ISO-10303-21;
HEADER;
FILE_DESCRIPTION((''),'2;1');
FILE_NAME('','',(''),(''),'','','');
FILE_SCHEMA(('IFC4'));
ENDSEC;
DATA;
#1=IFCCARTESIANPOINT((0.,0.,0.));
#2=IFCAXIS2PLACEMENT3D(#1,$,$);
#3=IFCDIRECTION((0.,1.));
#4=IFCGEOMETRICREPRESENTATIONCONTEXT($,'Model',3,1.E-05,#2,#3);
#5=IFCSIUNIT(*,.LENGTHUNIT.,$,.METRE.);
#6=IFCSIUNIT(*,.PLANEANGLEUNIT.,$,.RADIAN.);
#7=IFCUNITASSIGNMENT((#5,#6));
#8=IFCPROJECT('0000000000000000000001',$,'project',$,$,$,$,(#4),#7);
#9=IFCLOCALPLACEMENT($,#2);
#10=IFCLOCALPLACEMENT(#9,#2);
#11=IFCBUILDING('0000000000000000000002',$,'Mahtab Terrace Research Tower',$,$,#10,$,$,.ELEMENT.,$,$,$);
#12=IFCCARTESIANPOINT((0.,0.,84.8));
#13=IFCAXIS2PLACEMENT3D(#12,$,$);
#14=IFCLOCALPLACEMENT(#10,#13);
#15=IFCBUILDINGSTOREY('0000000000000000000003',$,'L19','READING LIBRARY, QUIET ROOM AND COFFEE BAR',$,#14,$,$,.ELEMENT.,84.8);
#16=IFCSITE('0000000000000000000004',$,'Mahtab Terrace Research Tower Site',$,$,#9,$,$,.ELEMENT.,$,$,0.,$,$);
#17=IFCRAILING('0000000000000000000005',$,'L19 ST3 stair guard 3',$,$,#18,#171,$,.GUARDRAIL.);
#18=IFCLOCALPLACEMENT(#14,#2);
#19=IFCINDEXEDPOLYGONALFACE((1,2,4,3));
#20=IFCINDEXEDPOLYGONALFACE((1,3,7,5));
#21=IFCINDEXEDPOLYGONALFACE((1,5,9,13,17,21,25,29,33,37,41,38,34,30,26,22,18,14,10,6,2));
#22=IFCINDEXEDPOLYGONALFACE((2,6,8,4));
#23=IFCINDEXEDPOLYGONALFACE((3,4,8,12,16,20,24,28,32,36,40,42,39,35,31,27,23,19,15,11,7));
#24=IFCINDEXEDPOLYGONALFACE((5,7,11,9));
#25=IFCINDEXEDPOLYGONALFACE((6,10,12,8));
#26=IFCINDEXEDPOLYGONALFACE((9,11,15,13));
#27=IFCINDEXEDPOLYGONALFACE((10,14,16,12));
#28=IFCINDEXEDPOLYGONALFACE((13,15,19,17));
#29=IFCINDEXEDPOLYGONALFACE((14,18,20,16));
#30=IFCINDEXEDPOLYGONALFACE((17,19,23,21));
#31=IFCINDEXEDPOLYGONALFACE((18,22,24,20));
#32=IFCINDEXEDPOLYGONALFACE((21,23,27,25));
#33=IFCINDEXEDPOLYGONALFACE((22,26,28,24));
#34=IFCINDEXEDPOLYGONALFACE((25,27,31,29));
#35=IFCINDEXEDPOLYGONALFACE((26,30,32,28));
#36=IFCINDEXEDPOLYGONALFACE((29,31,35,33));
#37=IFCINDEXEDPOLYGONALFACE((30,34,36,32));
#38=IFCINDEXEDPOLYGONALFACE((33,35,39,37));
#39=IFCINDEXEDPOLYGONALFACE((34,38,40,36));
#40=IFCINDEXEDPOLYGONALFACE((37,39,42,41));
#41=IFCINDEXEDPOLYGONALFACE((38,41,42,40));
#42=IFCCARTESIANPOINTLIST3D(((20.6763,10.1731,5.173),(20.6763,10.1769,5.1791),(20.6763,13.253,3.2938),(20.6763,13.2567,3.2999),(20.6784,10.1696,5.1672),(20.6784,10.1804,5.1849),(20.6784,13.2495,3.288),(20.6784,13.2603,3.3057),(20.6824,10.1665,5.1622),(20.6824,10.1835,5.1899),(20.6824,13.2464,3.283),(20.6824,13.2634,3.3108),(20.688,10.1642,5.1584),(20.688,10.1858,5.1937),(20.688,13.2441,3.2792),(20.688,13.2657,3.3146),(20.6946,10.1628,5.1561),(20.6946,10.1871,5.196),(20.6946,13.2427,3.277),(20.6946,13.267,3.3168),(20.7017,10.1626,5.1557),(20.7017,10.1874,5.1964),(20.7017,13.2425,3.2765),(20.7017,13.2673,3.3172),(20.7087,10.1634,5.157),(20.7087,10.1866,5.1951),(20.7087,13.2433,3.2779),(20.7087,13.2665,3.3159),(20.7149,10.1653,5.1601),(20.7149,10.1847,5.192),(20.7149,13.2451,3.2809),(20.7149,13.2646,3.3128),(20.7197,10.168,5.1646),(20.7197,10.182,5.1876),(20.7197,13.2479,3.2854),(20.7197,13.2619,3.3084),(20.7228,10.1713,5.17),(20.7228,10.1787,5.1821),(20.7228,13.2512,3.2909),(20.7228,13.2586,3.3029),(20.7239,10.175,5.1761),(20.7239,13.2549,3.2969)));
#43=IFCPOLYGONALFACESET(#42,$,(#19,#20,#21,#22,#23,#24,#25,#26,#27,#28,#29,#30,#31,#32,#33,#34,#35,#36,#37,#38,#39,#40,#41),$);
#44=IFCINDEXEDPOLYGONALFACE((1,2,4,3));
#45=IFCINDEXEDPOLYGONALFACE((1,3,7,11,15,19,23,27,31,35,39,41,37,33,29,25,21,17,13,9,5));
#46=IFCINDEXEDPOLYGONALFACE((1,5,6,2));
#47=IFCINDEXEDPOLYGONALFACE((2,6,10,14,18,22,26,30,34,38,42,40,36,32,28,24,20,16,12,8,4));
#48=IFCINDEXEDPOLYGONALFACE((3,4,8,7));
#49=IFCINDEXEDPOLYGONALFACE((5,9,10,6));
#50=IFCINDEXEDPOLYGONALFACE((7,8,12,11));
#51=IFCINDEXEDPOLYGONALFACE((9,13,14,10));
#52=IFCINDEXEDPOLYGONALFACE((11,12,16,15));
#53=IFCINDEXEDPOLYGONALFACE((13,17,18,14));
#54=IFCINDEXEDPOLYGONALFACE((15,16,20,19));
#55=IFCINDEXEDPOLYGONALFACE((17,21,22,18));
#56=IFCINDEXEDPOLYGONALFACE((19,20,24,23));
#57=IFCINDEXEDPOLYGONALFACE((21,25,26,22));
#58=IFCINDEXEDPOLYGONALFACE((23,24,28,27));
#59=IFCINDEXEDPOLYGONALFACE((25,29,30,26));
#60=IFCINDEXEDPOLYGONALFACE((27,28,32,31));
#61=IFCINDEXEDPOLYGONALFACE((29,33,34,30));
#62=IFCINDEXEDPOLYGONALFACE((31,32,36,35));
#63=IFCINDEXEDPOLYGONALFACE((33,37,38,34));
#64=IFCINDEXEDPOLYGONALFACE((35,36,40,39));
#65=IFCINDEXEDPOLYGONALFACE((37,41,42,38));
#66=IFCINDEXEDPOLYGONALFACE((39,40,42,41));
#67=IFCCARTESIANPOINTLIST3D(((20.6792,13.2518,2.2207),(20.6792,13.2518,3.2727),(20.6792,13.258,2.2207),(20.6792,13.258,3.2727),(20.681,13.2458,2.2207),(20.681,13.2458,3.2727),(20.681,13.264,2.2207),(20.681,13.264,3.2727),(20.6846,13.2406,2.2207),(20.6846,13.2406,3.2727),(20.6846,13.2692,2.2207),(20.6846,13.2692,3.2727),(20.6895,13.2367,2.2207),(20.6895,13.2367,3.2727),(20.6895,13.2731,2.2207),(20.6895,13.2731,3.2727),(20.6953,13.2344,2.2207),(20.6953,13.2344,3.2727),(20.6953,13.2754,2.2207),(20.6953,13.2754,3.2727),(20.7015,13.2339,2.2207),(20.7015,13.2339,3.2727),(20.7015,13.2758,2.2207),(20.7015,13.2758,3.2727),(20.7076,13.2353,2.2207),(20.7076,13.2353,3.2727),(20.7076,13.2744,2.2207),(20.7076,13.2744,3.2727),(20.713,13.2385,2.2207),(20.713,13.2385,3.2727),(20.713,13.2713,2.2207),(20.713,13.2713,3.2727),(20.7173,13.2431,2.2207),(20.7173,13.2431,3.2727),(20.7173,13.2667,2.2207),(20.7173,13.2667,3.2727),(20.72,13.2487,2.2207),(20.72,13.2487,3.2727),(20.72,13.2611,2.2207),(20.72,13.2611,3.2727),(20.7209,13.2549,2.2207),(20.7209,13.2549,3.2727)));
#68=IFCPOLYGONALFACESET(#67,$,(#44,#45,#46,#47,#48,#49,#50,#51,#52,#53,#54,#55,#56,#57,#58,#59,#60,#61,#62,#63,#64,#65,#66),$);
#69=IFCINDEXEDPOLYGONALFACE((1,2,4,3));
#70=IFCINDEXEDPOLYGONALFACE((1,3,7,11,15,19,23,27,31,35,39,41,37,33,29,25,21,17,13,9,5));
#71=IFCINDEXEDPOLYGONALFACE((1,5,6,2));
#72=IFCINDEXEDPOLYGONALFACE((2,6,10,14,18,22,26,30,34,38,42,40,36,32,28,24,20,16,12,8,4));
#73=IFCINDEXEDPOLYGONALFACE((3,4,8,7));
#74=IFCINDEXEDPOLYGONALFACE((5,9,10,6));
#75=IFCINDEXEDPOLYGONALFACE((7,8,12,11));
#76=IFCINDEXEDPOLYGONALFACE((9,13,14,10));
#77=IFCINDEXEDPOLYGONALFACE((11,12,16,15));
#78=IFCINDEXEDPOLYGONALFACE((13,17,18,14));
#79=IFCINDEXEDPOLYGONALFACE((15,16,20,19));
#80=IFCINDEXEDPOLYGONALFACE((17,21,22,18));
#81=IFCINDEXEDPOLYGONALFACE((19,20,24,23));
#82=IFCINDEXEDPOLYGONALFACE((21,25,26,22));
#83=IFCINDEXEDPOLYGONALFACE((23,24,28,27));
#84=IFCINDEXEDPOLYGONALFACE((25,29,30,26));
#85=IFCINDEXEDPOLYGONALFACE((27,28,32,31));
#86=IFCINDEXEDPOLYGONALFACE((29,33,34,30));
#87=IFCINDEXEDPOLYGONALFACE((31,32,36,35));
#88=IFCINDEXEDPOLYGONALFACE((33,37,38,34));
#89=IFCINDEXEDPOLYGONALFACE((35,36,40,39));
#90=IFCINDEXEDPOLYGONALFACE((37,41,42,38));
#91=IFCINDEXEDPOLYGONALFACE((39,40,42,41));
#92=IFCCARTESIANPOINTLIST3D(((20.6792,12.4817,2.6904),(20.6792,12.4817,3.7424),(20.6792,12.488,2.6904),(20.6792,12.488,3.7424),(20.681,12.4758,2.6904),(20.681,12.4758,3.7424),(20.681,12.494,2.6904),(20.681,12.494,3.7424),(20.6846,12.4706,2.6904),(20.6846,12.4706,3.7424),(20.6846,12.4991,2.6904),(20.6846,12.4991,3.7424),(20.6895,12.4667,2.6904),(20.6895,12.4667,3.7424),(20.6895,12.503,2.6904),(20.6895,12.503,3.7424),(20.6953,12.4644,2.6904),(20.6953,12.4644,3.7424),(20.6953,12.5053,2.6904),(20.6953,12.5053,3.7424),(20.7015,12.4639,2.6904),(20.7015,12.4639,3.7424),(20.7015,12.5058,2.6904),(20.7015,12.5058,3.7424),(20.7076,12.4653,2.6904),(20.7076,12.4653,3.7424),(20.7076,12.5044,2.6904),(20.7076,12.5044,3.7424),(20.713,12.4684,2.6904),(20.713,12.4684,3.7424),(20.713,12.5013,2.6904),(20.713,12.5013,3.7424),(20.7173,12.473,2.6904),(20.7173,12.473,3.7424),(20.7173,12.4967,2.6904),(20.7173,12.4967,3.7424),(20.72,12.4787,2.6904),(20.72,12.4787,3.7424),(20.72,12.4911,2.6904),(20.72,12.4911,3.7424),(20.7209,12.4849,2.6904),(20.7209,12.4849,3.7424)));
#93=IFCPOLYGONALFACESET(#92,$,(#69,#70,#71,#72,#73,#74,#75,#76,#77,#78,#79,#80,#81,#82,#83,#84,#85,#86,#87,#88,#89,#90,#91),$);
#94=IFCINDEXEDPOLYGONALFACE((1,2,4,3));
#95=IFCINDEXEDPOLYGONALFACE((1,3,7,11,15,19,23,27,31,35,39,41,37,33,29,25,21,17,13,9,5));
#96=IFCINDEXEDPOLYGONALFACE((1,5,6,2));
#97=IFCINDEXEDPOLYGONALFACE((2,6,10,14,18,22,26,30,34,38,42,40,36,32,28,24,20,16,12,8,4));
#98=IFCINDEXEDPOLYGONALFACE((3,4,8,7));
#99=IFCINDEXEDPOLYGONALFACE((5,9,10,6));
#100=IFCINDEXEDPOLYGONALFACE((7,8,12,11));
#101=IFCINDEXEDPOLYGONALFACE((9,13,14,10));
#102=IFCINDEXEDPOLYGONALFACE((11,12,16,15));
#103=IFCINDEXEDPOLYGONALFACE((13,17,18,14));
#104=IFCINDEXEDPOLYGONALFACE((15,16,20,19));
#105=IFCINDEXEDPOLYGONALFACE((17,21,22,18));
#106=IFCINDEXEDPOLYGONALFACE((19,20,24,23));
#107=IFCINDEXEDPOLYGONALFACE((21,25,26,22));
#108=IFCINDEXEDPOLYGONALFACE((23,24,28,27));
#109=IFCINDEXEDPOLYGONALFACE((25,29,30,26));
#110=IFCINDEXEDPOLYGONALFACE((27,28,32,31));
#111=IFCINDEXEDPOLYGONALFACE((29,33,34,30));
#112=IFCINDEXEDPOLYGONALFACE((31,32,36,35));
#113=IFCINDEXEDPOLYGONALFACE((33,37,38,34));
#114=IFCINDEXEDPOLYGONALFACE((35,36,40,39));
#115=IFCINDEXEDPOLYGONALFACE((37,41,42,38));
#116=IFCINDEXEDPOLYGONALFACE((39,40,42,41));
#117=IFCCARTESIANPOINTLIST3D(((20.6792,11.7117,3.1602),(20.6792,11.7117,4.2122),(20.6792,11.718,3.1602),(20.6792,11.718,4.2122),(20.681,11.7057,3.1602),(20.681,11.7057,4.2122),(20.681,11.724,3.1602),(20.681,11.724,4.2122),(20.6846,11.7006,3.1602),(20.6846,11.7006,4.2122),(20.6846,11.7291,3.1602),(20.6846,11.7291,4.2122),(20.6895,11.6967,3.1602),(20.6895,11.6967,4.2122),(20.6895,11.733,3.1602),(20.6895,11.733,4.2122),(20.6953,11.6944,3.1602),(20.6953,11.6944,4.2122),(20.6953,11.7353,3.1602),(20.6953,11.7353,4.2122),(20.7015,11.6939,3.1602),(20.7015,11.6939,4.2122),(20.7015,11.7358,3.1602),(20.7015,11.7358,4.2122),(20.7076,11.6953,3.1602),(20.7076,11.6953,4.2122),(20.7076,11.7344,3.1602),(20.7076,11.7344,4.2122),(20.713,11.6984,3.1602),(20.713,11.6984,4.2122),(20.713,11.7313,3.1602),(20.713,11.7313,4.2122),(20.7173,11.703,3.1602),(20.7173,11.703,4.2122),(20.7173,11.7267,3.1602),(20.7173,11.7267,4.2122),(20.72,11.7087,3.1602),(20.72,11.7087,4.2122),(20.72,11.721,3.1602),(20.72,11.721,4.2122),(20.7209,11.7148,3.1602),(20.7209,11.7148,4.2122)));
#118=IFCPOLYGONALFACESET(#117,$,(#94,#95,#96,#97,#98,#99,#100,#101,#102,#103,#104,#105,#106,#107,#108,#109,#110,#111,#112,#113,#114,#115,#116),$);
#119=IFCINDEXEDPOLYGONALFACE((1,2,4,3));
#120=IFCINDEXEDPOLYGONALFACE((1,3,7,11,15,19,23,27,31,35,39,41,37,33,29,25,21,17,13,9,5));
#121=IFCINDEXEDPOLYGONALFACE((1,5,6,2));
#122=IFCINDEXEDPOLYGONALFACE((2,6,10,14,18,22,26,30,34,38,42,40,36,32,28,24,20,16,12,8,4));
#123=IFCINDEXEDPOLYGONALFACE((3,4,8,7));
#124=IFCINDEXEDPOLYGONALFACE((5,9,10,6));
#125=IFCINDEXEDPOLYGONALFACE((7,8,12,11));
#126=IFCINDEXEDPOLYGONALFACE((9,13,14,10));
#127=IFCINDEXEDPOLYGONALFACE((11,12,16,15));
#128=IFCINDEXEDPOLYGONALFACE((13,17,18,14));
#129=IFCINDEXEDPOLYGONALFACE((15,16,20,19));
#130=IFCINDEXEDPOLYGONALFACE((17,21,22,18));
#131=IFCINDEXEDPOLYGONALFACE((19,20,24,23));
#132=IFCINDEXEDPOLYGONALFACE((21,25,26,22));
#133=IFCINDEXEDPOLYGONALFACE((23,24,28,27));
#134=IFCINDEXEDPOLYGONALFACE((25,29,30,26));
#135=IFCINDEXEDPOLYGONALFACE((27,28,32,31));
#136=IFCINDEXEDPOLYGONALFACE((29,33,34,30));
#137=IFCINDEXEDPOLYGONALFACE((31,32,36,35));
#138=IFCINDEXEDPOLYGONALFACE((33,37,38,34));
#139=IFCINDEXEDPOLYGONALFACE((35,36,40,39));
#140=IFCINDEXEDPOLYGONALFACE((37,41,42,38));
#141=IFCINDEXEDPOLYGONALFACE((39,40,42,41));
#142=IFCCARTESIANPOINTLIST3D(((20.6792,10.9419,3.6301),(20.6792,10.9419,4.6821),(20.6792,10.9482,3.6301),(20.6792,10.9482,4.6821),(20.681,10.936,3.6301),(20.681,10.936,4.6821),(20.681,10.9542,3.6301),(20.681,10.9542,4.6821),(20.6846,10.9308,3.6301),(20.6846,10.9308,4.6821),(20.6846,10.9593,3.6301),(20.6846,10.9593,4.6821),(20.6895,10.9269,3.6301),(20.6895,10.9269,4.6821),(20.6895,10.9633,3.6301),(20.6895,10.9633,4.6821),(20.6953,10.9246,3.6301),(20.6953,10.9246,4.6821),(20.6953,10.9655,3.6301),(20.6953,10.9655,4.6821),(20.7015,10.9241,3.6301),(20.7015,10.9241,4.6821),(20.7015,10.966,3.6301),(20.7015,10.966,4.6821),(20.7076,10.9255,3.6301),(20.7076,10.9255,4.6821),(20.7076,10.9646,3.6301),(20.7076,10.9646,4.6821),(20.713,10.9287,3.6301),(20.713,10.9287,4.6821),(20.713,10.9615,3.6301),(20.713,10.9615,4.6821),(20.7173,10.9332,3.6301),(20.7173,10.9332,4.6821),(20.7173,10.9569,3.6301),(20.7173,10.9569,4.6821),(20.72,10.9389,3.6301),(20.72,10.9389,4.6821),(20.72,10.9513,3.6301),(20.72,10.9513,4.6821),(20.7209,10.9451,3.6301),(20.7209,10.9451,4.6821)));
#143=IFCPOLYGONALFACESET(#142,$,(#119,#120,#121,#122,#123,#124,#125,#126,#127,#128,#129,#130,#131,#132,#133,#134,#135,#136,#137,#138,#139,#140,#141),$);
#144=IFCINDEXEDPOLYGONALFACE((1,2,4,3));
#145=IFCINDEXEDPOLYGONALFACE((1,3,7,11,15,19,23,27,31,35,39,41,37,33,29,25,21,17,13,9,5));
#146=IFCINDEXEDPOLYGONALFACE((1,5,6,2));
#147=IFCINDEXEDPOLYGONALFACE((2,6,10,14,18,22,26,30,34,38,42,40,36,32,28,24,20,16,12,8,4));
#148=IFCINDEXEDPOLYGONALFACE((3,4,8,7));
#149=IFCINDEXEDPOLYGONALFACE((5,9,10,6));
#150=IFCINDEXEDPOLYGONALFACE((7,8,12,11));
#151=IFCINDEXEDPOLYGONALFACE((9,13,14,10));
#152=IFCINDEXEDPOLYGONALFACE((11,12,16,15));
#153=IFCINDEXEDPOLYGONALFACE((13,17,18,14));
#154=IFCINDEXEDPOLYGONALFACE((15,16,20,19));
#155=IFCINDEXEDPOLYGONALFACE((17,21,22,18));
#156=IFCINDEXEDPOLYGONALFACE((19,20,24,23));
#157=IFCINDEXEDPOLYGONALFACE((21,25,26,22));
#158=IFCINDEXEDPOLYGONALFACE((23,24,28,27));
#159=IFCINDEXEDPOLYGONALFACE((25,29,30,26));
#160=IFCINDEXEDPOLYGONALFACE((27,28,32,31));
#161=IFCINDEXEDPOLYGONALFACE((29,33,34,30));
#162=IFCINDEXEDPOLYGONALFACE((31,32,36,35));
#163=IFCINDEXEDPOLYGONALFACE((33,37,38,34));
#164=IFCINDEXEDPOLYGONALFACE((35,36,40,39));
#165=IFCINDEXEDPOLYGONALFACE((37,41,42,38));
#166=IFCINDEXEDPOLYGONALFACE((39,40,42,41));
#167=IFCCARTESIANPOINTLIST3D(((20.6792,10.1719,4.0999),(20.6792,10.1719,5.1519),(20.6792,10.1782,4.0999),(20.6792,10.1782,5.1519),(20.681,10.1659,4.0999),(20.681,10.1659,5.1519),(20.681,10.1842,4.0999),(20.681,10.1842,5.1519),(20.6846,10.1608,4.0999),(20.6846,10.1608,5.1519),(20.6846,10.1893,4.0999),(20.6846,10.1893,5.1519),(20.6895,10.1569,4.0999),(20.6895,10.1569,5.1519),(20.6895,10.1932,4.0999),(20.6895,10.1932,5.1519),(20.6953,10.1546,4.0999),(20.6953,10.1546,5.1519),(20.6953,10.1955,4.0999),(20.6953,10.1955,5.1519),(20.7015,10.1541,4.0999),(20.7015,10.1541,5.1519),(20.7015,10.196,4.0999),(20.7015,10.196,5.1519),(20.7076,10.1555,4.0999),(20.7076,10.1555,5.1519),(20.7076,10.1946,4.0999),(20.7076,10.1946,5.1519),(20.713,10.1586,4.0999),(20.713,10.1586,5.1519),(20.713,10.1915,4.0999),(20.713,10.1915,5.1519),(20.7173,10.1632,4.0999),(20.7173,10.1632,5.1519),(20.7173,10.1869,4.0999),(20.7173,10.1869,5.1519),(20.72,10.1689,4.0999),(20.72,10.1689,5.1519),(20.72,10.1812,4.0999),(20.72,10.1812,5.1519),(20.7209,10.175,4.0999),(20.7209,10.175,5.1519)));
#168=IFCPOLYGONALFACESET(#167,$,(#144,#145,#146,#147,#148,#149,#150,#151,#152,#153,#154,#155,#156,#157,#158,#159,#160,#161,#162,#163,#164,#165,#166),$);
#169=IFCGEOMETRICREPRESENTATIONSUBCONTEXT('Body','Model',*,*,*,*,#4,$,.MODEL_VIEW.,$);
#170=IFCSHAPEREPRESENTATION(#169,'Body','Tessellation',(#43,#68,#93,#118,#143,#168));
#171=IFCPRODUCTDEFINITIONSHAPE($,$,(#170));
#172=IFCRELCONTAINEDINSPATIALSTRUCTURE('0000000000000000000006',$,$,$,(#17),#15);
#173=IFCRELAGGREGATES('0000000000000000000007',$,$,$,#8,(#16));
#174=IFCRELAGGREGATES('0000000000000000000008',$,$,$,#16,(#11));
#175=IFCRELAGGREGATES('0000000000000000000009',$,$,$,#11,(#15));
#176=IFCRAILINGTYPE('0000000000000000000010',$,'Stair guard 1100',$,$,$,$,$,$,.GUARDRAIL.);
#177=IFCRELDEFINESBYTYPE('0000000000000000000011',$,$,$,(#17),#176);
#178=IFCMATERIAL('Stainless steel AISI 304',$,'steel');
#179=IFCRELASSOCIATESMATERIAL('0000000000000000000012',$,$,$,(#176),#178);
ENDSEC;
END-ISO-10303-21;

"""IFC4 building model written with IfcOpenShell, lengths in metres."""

from ifc_helpers import new_model, si_unit, direction, frame, origin, origin_2d, place, context, subcontext, project, spatial, circle, extrude, material, type_object, element, save


model = new_model("IFC4")

# Units and contexts
model_context = context("Model", 3, precision=1e-05, world=origin(), true_north=direction((0.0, 1.0)))
body_context = subcontext(model_context, "Body", "Model", "MODEL_VIEW")
ifc_project = project(units=[si_unit("LENGTHUNIT", "METRE"), si_unit("PLANEANGLEUNIT", "RADIAN")], contexts=[model_context])

# Site, building, storey
site_placement = place(None, origin())
site = spatial("IfcSite", under=ifc_project, at=site_placement, Name="Mahtab Terrace Research Tower Site", CompositionType="ELEMENT", RefElevation=0.0)
building_placement = place(site_placement, origin())
building = spatial("IfcBuilding", under=site, at=building_placement, Name="Mahtab Terrace Research Tower", CompositionType="ELEMENT")
storey_placement = place(building_placement, frame((0.0, 0.0, 84.8)))
storey = spatial("IfcBuildingStorey", under=building, at=storey_placement, Name="L19", Description="READING LIBRARY, QUIET ROOM AND COFFEE BAR", CompositionType="ELEMENT", Elevation=84.8)

# Shared definitions
ifc_material_1 = material(Name="Stainless steel AISI 304", Category="steel")

# Railing
railing_type_1 = type_object("IfcRailingType", Name="Stair guard 1100", PredefinedType="GUARDRAIL", material=ifc_material_1)
railing_1_placement = place(storey_placement, frame((20.7, 13.2549, 2.2207)))
element("IfcRailing", 1, at=railing_1_placement, inside=storey, type_object=railing_type_1, Name="L19 ST3 stair guard 3", PredefinedType="GUARDRAIL", context=body_context, shape_type="SweptSolid", body=[
    extrude(circle(Radius=0.0239, at=origin_2d()), frame((0.0, 0.0, 1.0762), z_axis=(0.0, -0.853648, 0.52085), x_axis=(1.0, 0.0, 0.0)), (0.0, 0.0, 1.0), 3.6079),
    extrude(circle(Radius=0.021, at=origin_2d()), origin(), (0.0, 0.0, 1.0), 1.052),
    extrude(circle(Radius=0.021, at=origin_2d()), frame((0.0, -0.77, 0.4697)), (0.0, 0.0, 1.0), 1.052),
    extrude(circle(Radius=0.021, at=origin_2d()), frame((0.0, -1.54, 0.9395)), (0.0, 0.0, 1.0), 1.052),
    extrude(circle(Radius=0.021, at=origin_2d()), frame((0.0, -2.3098, 1.4094)), (0.0, 0.0, 1.0), 1.052),
    extrude(circle(Radius=0.021, at=origin_2d()), frame((0.0, -3.0798, 1.8792)), (0.0, 0.0, 1.0), 1.052),
])

save(model, "model.ifc")
